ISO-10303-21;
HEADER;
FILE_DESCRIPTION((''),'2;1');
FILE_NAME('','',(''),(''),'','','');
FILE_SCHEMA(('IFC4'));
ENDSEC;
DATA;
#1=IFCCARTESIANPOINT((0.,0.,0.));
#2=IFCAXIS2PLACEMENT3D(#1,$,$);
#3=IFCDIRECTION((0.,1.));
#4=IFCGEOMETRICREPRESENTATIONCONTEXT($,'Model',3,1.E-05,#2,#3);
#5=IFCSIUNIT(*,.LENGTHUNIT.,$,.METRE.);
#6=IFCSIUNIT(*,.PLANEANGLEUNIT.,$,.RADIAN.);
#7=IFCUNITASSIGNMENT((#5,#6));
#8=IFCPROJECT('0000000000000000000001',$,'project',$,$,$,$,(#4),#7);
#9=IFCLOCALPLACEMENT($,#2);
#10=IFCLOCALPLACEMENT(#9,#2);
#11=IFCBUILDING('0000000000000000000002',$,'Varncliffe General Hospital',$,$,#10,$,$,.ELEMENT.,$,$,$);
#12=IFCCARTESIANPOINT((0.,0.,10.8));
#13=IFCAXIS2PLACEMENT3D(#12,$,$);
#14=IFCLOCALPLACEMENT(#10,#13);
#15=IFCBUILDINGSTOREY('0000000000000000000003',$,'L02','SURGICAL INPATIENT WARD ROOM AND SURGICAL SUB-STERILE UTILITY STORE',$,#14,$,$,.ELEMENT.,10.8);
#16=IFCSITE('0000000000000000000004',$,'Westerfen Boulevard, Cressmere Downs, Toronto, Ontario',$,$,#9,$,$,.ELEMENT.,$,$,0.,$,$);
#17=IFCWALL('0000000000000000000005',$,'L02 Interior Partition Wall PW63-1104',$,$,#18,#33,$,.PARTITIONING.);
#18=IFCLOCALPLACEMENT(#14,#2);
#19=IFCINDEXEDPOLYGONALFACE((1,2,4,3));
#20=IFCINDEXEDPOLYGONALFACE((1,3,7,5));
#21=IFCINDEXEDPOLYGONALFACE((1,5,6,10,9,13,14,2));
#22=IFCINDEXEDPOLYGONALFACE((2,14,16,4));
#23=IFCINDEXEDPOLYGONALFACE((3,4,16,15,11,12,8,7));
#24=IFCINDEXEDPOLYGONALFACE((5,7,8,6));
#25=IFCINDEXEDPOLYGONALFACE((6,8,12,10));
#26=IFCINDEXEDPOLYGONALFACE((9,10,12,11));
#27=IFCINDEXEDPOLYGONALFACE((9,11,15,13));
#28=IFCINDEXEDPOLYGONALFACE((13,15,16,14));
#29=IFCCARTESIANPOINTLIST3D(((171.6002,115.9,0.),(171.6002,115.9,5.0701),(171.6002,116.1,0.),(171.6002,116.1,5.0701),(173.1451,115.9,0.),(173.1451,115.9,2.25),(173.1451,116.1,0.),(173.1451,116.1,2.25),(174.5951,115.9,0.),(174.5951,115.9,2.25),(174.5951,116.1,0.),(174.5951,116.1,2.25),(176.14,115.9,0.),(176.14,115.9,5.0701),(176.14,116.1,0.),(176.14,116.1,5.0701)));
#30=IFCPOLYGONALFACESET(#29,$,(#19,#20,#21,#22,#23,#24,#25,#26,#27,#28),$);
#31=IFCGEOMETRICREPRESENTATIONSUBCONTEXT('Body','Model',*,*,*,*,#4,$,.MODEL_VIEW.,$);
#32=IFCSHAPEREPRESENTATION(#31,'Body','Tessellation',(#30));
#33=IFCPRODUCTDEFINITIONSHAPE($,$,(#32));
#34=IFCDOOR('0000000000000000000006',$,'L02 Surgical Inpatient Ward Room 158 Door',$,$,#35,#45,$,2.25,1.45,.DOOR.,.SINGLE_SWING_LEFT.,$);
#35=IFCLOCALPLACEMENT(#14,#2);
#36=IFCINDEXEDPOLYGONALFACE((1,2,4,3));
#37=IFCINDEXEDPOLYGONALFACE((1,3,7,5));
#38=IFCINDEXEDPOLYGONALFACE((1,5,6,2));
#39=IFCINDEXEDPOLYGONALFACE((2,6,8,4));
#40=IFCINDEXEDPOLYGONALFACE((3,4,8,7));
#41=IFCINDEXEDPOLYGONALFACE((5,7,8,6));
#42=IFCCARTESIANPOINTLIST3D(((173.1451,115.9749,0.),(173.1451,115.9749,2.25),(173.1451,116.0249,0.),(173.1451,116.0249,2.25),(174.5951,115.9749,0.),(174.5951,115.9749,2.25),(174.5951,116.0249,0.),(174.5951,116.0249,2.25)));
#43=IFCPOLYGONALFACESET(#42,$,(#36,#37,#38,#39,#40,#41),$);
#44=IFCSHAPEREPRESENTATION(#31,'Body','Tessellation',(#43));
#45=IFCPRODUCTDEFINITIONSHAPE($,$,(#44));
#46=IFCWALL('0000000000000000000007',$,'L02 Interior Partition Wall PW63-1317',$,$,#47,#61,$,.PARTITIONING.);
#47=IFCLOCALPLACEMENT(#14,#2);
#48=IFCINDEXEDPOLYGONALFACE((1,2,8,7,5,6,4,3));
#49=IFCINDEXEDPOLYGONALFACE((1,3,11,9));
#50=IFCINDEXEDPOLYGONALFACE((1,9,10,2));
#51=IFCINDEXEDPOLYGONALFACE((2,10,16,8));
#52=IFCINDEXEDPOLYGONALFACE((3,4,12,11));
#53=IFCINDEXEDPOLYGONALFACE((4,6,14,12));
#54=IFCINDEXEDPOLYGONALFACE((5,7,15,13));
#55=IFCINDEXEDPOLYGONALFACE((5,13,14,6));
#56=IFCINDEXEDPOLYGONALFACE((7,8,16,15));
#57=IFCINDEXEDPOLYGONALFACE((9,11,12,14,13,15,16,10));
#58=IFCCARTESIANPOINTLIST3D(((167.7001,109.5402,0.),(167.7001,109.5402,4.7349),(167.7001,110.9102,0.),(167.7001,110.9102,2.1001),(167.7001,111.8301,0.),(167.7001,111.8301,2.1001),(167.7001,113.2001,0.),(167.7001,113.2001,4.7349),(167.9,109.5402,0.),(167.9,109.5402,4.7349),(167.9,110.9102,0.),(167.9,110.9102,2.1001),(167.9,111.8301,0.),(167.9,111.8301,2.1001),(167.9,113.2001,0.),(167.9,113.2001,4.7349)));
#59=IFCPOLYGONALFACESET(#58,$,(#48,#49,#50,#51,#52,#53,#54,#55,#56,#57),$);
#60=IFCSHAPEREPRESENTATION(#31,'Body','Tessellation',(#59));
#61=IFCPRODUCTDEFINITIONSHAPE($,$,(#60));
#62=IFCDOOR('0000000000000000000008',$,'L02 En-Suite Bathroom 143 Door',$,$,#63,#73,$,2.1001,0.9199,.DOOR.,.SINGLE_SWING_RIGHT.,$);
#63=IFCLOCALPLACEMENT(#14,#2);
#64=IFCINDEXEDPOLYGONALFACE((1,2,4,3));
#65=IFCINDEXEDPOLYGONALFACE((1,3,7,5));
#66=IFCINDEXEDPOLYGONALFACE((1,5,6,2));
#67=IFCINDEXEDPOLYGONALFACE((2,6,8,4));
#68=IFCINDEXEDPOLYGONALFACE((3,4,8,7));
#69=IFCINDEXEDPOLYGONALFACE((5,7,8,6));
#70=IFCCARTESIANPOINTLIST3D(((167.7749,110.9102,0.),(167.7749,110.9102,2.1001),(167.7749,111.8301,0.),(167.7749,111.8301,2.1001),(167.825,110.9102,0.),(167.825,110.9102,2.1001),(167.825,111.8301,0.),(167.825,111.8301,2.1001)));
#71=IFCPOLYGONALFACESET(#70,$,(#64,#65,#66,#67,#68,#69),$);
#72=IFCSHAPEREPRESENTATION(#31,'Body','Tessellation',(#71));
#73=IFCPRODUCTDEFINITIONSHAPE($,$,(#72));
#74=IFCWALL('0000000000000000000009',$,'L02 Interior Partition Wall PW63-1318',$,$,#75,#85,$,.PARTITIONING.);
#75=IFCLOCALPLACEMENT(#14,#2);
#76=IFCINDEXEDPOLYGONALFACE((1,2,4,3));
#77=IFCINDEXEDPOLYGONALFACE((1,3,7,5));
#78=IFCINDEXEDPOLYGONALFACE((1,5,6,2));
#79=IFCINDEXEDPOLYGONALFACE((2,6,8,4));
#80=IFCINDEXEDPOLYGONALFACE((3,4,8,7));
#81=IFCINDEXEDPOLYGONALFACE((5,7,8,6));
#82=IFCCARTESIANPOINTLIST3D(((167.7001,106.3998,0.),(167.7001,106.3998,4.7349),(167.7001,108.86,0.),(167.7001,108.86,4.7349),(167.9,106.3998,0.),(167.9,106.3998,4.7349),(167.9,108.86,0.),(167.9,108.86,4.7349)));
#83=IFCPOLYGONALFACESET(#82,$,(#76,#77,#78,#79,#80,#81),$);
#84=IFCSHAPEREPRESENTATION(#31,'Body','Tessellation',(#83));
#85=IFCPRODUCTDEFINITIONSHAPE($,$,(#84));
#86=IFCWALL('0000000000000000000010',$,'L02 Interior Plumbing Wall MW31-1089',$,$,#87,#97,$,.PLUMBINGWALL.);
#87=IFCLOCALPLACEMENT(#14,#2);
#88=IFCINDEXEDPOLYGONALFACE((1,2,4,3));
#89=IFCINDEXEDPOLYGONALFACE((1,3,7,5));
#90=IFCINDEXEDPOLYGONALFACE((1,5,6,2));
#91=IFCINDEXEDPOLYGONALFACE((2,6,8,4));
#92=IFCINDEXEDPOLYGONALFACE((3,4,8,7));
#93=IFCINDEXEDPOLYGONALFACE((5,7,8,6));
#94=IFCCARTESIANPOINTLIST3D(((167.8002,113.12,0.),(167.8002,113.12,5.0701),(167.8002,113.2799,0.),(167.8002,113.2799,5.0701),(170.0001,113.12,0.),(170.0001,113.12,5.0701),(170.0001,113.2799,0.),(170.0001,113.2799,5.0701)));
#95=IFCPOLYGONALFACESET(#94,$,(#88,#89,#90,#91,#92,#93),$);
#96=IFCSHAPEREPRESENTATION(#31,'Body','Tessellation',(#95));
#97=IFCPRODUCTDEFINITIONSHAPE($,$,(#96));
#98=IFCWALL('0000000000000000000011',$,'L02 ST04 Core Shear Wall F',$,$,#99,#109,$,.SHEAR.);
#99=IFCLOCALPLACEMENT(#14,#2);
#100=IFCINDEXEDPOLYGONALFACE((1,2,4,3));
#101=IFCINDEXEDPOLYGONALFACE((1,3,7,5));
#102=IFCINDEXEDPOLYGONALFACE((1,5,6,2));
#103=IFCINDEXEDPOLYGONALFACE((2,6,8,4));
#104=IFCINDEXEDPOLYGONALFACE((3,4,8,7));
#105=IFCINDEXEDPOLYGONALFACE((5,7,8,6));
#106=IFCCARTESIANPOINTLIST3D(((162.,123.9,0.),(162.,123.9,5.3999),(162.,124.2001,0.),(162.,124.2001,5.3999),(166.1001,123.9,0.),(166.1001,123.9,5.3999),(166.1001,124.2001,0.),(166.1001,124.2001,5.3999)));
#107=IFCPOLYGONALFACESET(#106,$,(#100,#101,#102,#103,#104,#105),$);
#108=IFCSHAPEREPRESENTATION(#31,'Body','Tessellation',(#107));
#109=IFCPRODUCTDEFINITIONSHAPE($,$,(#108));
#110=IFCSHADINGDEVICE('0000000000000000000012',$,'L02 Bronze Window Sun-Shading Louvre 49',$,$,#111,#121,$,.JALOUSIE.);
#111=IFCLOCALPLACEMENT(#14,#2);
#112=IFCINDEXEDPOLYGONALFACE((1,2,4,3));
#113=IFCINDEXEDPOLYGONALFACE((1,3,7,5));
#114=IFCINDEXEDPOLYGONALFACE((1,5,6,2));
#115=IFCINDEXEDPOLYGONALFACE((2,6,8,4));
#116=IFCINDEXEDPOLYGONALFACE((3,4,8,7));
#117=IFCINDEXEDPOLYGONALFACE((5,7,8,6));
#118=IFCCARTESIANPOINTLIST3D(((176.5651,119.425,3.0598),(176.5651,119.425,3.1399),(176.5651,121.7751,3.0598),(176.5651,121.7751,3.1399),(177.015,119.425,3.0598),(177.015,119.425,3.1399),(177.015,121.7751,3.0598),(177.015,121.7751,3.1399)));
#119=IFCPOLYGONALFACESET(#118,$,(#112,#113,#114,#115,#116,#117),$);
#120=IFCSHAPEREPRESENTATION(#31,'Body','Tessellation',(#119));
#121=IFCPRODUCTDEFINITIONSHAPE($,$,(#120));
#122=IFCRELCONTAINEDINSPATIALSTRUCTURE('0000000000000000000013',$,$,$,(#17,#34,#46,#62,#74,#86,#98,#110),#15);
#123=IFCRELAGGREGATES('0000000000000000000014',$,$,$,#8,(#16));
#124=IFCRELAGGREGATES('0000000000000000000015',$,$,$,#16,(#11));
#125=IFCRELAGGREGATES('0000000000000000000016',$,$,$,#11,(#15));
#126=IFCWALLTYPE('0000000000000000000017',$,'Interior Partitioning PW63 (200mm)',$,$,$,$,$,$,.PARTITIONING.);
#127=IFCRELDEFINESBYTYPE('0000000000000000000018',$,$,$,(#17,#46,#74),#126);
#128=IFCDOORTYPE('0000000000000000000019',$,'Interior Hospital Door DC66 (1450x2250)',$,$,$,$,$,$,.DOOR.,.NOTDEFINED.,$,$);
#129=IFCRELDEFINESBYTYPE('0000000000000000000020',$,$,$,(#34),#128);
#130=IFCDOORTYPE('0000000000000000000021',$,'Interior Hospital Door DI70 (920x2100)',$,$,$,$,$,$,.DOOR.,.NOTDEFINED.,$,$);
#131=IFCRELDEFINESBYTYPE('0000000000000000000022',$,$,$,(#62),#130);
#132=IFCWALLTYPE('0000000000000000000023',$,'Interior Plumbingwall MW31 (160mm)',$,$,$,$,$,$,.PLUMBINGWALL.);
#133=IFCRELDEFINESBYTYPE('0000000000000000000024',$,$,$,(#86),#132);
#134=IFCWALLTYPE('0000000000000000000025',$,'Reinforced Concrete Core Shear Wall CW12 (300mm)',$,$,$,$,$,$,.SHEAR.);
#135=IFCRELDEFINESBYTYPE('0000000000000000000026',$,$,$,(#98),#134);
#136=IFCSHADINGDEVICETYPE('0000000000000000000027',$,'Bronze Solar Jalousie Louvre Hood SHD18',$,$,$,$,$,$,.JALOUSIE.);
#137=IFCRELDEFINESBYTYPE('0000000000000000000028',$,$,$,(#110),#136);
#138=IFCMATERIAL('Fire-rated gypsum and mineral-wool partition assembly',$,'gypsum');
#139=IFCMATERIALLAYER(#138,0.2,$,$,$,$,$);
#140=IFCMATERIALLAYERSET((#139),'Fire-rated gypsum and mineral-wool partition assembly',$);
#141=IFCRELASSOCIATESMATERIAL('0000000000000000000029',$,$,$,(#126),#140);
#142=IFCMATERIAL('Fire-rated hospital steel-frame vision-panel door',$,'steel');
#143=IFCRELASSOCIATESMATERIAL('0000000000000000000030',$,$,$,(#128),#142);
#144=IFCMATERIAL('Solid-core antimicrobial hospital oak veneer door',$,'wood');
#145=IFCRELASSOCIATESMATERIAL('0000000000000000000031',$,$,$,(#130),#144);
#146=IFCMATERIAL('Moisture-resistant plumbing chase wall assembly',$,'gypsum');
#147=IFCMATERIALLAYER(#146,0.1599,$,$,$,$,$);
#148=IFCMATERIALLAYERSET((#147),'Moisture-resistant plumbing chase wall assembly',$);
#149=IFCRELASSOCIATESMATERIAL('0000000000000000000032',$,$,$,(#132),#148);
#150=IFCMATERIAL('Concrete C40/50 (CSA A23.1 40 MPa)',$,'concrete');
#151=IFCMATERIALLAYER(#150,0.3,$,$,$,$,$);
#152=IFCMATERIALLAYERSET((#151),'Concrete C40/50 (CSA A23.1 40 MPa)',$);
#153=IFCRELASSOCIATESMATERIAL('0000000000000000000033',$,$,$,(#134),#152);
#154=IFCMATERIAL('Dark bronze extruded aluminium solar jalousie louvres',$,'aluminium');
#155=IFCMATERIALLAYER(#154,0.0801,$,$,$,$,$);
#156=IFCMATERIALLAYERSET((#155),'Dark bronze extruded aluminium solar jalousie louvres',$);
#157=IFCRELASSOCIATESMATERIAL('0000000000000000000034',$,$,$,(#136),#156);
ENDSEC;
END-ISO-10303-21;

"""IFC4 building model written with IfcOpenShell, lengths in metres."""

from ifc_helpers import new_model, si_unit, direction, frame, frame_2d, origin, origin_2d, place, context, subcontext, project, spatial, rectangle, extrude, material, layer, layer_set, type_object, element, fill, save


model = new_model("IFC4")

# Units and contexts
model_context = context("Model", 3, precision=1e-05, world=origin(), true_north=direction((0.0, 1.0)))
body_context = subcontext(model_context, "Body", "Model", "MODEL_VIEW")
ifc_project = project(units=[si_unit("LENGTHUNIT", "METRE"), si_unit("PLANEANGLEUNIT", "RADIAN")], contexts=[model_context])

# Site, building, storey
site_placement = place(None, origin())
site = spatial("IfcSite", under=ifc_project, at=site_placement, Name="Westerfen Boulevard, Cressmere Downs, Toronto, Ontario", CompositionType="ELEMENT", RefElevation=0.0)
building_placement = place(site_placement, origin())
building = spatial("IfcBuilding", under=site, at=building_placement, Name="Varncliffe General Hospital", CompositionType="ELEMENT")
storey_placement = place(building_placement, frame((0.0, 0.0, 10.8)))
storey = spatial("IfcBuildingStorey", under=building, at=storey_placement, Name="L02", Description="SURGICAL INPATIENT WARD ROOM AND SURGICAL SUB-STERILE UTILITY STORE", CompositionType="ELEMENT", Elevation=10.8)

# Shared definitions
ifc_material_1 = material(Name="Concrete C40/50 (CSA A23.1 40 MPa)", Category="concrete")

# Shared definitions
ifc_material_2 = material(Name="Fire-rated gypsum and mineral-wool partition assembly", Category="gypsum")
ifc_material_3 = material(Name="Fire-rated hospital steel-frame vision-panel door", Category="steel")

# Walls, openings, doors
ifc_layer_1 = layer(ifc_material_2, 0.2)
ifc_layer_set_1 = layer_set([ifc_layer_1], Name="Fire-rated gypsum and mineral-wool partition assembly")
wall_type_1 = type_object("IfcWallType", Name="Interior Partitioning PW63 (200mm)", PredefinedType="PARTITIONING", material=ifc_layer_set_1)
wall_1_placement = place(storey_placement, frame((171.6001, 116.0, 0.0), z_axis=(0.0, 0.0, 1.0), x_axis=(1.0, 0.0, 0.0)))
wall_1 = element("IfcWall", 1, at=wall_1_placement, inside=storey, type_object=wall_type_1, Name="L02 Interior Partition Wall PW63-1104", PredefinedType="PARTITIONING", context=body_context, shape_type="SweptSolid", body=[
    extrude(rectangle(XDim=4.5398, YDim=0.2, at=frame_2d((2.27, 0.0))), origin(), (0.0, 0.0, 1.0), 5.0701),
])
opening_1_placement = place(wall_1_placement, frame((1.5449, 0.0, 0.0)))
opening_1 = element("IfcOpeningElement", 2, at=opening_1_placement, cuts=wall_1, PredefinedType="OPENING", context=body_context, shape_type="SweptSolid", body=[
    extrude(rectangle(XDim=1.45, YDim=2.25, at=frame_2d((0.7251, 1.125))), frame((0.0, 0.1099, 0.0), z_axis=(0.0, -1.0, 0.0), x_axis=(1.0, 0.0, 0.0)), (0.0, 0.0, 1.0), 0.22),
])
door_type_1 = type_object("IfcDoorType", Name="Interior Hospital Door DC66 (1450x2250)", OperationType="NOTDEFINED", PredefinedType="DOOR", material=ifc_material_3)
door_1_placement = place(opening_1_placement, origin())
door_1 = element("IfcDoor", 3, at=door_1_placement, inside=storey, type_object=door_type_1, Name="L02 Surgical Inpatient Ward Room 158 Door", OperationType="SINGLE_SWING_LEFT", OverallHeight=2.25, OverallWidth=1.45, PredefinedType="DOOR", context=body_context, shape_type="SweptSolid", body=[
    extrude(rectangle(XDim=1.45, YDim=2.25, at=frame_2d((0.7251, 1.125))), frame((0.0, 0.0249, 0.0), z_axis=(0.0, -1.0, 0.0), x_axis=(1.0, 0.0, 0.0)), (0.0, 0.0, 1.0), 0.05),
])
fill(opening_1, door_1)
wall_2_placement = place(storey_placement, frame((167.8, 109.54, 0.0), z_axis=(0.0, 0.0, 1.0), x_axis=(0.0, 1.0, 0.0)))
wall_2 = element("IfcWall", 4, at=wall_2_placement, inside=storey, type_object=wall_type_1, Name="L02 Interior Partition Wall PW63-1317", PredefinedType="PARTITIONING", context=body_context, shape_type="SweptSolid", body=[
    extrude(rectangle(XDim=3.6599, YDim=0.2, at=frame_2d((1.8301, 0.0))), origin(), (0.0, 0.0, 1.0), 4.7349),
])
opening_2_placement = place(wall_2_placement, frame((1.3701, 0.0, 0.0)))
opening_2 = element("IfcOpeningElement", 5, at=opening_2_placement, cuts=wall_2, PredefinedType="OPENING", context=body_context, shape_type="SweptSolid", body=[
    extrude(rectangle(XDim=0.9199, YDim=2.1001, at=frame_2d((0.46, 1.05))), frame((0.0, 0.1099, 0.0), z_axis=(0.0, -1.0, 0.0), x_axis=(1.0, 0.0, 0.0)), (0.0, 0.0, 1.0), 0.22),
])
ifc_material_4 = material(Name="Solid-core antimicrobial hospital oak veneer door", Category="wood")
door_type_2 = type_object("IfcDoorType", Name="Interior Hospital Door DI70 (920x2100)", OperationType="NOTDEFINED", PredefinedType="DOOR", material=ifc_material_4)
door_2_placement = place(opening_2_placement, frame((0.9199, 0.0, 0.0), z_axis=(0.0, 0.0, 1.0), x_axis=(-1.0, 0.0, 0.0)))
door_2 = element("IfcDoor", 6, at=door_2_placement, inside=storey, type_object=door_type_2, Name="L02 En-Suite Bathroom 143 Door", OperationType="SINGLE_SWING_RIGHT", OverallHeight=2.1001, OverallWidth=0.9199, PredefinedType="DOOR", context=body_context, shape_type="SweptSolid", body=[
    extrude(rectangle(XDim=0.9199, YDim=2.1001, at=frame_2d((0.46, 1.05))), frame((0.0, 0.0249, 0.0), z_axis=(0.0, -1.0, 0.0), x_axis=(1.0, 0.0, 0.0)), (0.0, 0.0, 1.0), 0.05),
])
fill(opening_2, door_2)

# Walls
wall_3_placement = place(storey_placement, frame((167.8, 106.3999, 0.0), z_axis=(0.0, 0.0, 1.0), x_axis=(0.0, 1.0, 0.0)))
element("IfcWall", 7, at=wall_3_placement, inside=storey, type_object=wall_type_1, Name="L02 Interior Partition Wall PW63-1318", PredefinedType="PARTITIONING", context=body_context, shape_type="SweptSolid", body=[
    extrude(rectangle(XDim=2.4602, YDim=0.2, at=frame_2d((1.23, 0.0))), origin(), (0.0, 0.0, 1.0), 4.7349),
])
ifc_material_5 = material(Name="Moisture-resistant plumbing chase wall assembly", Category="gypsum")
ifc_layer_2 = layer(ifc_material_5, 0.1599)
ifc_layer_set_2 = layer_set([ifc_layer_2], Name="Moisture-resistant plumbing chase wall assembly")
wall_type_2 = type_object("IfcWallType", Name="Interior Plumbingwall MW31 (160mm)", PredefinedType="PLUMBINGWALL", material=ifc_layer_set_2)
wall_4_placement = place(storey_placement, frame((167.8, 113.2, 0.0), z_axis=(0.0, 0.0, 1.0), x_axis=(1.0, 0.0, 0.0)))
element("IfcWall", 8, at=wall_4_placement, inside=storey, type_object=wall_type_2, Name="L02 Interior Plumbing Wall MW31-1089", PredefinedType="PLUMBINGWALL", context=body_context, shape_type="SweptSolid", body=[
    extrude(rectangle(XDim=2.2, YDim=0.1599, at=frame_2d((1.1001, 0.0))), origin(), (0.0, 0.0, 1.0), 5.0701),
])
ifc_layer_3 = layer(ifc_material_1, 0.3)
ifc_layer_set_3 = layer_set([ifc_layer_3], Name="Concrete C40/50 (CSA A23.1 40 MPa)")
wall_type_3 = type_object("IfcWallType", Name="Reinforced Concrete Core Shear Wall CW12 (300mm)", PredefinedType="SHEAR", material=ifc_layer_set_3)
wall_5_placement = place(storey_placement, frame((166.1001, 124.05, 0.0), z_axis=(0.0, 0.0, 1.0), x_axis=(-1.0, 0.0, 0.0)))
element("IfcWall", 9, at=wall_5_placement, inside=storey, type_object=wall_type_3, Name="L02 ST04 Core Shear Wall F", PredefinedType="SHEAR", context=body_context, shape_type="SweptSolid", body=[
    extrude(rectangle(XDim=4.1001, YDim=0.3, at=frame_2d((2.05, 0.0))), origin(), (0.0, 0.0, 1.0), 5.3999),
])

# Shading device
ifc_material_6 = material(Name="Dark bronze extruded aluminium solar jalousie louvres", Category="aluminium")
ifc_layer_4 = layer(ifc_material_6, 0.0801)
ifc_layer_set_4 = layer_set([ifc_layer_4], Name="Dark bronze extruded aluminium solar jalousie louvres")
shading_device_type = type_object("IfcShadingDeviceType", Name="Bronze Solar Jalousie Louvre Hood SHD18", PredefinedType="JALOUSIE", material=ifc_layer_set_4)
shading_device_placement = place(storey_placement, frame((176.79, 120.6001, 3.0598), z_axis=(0.0, 0.0, 1.0), x_axis=(0.0, -1.0, 0.0)))
element("IfcShadingDevice", 10, at=shading_device_placement, inside=storey, type_object=shading_device_type, Name="L02 Bronze Window Sun-Shading Louvre 49", PredefinedType="JALOUSIE", context=body_context, shape_type="SweptSolid", body=[
    extrude(rectangle(XDim=2.3501, YDim=0.45, at=origin_2d()), origin(), (0.0, 0.0, 1.0), 0.0801),
])

save(model, "model.ifc")
